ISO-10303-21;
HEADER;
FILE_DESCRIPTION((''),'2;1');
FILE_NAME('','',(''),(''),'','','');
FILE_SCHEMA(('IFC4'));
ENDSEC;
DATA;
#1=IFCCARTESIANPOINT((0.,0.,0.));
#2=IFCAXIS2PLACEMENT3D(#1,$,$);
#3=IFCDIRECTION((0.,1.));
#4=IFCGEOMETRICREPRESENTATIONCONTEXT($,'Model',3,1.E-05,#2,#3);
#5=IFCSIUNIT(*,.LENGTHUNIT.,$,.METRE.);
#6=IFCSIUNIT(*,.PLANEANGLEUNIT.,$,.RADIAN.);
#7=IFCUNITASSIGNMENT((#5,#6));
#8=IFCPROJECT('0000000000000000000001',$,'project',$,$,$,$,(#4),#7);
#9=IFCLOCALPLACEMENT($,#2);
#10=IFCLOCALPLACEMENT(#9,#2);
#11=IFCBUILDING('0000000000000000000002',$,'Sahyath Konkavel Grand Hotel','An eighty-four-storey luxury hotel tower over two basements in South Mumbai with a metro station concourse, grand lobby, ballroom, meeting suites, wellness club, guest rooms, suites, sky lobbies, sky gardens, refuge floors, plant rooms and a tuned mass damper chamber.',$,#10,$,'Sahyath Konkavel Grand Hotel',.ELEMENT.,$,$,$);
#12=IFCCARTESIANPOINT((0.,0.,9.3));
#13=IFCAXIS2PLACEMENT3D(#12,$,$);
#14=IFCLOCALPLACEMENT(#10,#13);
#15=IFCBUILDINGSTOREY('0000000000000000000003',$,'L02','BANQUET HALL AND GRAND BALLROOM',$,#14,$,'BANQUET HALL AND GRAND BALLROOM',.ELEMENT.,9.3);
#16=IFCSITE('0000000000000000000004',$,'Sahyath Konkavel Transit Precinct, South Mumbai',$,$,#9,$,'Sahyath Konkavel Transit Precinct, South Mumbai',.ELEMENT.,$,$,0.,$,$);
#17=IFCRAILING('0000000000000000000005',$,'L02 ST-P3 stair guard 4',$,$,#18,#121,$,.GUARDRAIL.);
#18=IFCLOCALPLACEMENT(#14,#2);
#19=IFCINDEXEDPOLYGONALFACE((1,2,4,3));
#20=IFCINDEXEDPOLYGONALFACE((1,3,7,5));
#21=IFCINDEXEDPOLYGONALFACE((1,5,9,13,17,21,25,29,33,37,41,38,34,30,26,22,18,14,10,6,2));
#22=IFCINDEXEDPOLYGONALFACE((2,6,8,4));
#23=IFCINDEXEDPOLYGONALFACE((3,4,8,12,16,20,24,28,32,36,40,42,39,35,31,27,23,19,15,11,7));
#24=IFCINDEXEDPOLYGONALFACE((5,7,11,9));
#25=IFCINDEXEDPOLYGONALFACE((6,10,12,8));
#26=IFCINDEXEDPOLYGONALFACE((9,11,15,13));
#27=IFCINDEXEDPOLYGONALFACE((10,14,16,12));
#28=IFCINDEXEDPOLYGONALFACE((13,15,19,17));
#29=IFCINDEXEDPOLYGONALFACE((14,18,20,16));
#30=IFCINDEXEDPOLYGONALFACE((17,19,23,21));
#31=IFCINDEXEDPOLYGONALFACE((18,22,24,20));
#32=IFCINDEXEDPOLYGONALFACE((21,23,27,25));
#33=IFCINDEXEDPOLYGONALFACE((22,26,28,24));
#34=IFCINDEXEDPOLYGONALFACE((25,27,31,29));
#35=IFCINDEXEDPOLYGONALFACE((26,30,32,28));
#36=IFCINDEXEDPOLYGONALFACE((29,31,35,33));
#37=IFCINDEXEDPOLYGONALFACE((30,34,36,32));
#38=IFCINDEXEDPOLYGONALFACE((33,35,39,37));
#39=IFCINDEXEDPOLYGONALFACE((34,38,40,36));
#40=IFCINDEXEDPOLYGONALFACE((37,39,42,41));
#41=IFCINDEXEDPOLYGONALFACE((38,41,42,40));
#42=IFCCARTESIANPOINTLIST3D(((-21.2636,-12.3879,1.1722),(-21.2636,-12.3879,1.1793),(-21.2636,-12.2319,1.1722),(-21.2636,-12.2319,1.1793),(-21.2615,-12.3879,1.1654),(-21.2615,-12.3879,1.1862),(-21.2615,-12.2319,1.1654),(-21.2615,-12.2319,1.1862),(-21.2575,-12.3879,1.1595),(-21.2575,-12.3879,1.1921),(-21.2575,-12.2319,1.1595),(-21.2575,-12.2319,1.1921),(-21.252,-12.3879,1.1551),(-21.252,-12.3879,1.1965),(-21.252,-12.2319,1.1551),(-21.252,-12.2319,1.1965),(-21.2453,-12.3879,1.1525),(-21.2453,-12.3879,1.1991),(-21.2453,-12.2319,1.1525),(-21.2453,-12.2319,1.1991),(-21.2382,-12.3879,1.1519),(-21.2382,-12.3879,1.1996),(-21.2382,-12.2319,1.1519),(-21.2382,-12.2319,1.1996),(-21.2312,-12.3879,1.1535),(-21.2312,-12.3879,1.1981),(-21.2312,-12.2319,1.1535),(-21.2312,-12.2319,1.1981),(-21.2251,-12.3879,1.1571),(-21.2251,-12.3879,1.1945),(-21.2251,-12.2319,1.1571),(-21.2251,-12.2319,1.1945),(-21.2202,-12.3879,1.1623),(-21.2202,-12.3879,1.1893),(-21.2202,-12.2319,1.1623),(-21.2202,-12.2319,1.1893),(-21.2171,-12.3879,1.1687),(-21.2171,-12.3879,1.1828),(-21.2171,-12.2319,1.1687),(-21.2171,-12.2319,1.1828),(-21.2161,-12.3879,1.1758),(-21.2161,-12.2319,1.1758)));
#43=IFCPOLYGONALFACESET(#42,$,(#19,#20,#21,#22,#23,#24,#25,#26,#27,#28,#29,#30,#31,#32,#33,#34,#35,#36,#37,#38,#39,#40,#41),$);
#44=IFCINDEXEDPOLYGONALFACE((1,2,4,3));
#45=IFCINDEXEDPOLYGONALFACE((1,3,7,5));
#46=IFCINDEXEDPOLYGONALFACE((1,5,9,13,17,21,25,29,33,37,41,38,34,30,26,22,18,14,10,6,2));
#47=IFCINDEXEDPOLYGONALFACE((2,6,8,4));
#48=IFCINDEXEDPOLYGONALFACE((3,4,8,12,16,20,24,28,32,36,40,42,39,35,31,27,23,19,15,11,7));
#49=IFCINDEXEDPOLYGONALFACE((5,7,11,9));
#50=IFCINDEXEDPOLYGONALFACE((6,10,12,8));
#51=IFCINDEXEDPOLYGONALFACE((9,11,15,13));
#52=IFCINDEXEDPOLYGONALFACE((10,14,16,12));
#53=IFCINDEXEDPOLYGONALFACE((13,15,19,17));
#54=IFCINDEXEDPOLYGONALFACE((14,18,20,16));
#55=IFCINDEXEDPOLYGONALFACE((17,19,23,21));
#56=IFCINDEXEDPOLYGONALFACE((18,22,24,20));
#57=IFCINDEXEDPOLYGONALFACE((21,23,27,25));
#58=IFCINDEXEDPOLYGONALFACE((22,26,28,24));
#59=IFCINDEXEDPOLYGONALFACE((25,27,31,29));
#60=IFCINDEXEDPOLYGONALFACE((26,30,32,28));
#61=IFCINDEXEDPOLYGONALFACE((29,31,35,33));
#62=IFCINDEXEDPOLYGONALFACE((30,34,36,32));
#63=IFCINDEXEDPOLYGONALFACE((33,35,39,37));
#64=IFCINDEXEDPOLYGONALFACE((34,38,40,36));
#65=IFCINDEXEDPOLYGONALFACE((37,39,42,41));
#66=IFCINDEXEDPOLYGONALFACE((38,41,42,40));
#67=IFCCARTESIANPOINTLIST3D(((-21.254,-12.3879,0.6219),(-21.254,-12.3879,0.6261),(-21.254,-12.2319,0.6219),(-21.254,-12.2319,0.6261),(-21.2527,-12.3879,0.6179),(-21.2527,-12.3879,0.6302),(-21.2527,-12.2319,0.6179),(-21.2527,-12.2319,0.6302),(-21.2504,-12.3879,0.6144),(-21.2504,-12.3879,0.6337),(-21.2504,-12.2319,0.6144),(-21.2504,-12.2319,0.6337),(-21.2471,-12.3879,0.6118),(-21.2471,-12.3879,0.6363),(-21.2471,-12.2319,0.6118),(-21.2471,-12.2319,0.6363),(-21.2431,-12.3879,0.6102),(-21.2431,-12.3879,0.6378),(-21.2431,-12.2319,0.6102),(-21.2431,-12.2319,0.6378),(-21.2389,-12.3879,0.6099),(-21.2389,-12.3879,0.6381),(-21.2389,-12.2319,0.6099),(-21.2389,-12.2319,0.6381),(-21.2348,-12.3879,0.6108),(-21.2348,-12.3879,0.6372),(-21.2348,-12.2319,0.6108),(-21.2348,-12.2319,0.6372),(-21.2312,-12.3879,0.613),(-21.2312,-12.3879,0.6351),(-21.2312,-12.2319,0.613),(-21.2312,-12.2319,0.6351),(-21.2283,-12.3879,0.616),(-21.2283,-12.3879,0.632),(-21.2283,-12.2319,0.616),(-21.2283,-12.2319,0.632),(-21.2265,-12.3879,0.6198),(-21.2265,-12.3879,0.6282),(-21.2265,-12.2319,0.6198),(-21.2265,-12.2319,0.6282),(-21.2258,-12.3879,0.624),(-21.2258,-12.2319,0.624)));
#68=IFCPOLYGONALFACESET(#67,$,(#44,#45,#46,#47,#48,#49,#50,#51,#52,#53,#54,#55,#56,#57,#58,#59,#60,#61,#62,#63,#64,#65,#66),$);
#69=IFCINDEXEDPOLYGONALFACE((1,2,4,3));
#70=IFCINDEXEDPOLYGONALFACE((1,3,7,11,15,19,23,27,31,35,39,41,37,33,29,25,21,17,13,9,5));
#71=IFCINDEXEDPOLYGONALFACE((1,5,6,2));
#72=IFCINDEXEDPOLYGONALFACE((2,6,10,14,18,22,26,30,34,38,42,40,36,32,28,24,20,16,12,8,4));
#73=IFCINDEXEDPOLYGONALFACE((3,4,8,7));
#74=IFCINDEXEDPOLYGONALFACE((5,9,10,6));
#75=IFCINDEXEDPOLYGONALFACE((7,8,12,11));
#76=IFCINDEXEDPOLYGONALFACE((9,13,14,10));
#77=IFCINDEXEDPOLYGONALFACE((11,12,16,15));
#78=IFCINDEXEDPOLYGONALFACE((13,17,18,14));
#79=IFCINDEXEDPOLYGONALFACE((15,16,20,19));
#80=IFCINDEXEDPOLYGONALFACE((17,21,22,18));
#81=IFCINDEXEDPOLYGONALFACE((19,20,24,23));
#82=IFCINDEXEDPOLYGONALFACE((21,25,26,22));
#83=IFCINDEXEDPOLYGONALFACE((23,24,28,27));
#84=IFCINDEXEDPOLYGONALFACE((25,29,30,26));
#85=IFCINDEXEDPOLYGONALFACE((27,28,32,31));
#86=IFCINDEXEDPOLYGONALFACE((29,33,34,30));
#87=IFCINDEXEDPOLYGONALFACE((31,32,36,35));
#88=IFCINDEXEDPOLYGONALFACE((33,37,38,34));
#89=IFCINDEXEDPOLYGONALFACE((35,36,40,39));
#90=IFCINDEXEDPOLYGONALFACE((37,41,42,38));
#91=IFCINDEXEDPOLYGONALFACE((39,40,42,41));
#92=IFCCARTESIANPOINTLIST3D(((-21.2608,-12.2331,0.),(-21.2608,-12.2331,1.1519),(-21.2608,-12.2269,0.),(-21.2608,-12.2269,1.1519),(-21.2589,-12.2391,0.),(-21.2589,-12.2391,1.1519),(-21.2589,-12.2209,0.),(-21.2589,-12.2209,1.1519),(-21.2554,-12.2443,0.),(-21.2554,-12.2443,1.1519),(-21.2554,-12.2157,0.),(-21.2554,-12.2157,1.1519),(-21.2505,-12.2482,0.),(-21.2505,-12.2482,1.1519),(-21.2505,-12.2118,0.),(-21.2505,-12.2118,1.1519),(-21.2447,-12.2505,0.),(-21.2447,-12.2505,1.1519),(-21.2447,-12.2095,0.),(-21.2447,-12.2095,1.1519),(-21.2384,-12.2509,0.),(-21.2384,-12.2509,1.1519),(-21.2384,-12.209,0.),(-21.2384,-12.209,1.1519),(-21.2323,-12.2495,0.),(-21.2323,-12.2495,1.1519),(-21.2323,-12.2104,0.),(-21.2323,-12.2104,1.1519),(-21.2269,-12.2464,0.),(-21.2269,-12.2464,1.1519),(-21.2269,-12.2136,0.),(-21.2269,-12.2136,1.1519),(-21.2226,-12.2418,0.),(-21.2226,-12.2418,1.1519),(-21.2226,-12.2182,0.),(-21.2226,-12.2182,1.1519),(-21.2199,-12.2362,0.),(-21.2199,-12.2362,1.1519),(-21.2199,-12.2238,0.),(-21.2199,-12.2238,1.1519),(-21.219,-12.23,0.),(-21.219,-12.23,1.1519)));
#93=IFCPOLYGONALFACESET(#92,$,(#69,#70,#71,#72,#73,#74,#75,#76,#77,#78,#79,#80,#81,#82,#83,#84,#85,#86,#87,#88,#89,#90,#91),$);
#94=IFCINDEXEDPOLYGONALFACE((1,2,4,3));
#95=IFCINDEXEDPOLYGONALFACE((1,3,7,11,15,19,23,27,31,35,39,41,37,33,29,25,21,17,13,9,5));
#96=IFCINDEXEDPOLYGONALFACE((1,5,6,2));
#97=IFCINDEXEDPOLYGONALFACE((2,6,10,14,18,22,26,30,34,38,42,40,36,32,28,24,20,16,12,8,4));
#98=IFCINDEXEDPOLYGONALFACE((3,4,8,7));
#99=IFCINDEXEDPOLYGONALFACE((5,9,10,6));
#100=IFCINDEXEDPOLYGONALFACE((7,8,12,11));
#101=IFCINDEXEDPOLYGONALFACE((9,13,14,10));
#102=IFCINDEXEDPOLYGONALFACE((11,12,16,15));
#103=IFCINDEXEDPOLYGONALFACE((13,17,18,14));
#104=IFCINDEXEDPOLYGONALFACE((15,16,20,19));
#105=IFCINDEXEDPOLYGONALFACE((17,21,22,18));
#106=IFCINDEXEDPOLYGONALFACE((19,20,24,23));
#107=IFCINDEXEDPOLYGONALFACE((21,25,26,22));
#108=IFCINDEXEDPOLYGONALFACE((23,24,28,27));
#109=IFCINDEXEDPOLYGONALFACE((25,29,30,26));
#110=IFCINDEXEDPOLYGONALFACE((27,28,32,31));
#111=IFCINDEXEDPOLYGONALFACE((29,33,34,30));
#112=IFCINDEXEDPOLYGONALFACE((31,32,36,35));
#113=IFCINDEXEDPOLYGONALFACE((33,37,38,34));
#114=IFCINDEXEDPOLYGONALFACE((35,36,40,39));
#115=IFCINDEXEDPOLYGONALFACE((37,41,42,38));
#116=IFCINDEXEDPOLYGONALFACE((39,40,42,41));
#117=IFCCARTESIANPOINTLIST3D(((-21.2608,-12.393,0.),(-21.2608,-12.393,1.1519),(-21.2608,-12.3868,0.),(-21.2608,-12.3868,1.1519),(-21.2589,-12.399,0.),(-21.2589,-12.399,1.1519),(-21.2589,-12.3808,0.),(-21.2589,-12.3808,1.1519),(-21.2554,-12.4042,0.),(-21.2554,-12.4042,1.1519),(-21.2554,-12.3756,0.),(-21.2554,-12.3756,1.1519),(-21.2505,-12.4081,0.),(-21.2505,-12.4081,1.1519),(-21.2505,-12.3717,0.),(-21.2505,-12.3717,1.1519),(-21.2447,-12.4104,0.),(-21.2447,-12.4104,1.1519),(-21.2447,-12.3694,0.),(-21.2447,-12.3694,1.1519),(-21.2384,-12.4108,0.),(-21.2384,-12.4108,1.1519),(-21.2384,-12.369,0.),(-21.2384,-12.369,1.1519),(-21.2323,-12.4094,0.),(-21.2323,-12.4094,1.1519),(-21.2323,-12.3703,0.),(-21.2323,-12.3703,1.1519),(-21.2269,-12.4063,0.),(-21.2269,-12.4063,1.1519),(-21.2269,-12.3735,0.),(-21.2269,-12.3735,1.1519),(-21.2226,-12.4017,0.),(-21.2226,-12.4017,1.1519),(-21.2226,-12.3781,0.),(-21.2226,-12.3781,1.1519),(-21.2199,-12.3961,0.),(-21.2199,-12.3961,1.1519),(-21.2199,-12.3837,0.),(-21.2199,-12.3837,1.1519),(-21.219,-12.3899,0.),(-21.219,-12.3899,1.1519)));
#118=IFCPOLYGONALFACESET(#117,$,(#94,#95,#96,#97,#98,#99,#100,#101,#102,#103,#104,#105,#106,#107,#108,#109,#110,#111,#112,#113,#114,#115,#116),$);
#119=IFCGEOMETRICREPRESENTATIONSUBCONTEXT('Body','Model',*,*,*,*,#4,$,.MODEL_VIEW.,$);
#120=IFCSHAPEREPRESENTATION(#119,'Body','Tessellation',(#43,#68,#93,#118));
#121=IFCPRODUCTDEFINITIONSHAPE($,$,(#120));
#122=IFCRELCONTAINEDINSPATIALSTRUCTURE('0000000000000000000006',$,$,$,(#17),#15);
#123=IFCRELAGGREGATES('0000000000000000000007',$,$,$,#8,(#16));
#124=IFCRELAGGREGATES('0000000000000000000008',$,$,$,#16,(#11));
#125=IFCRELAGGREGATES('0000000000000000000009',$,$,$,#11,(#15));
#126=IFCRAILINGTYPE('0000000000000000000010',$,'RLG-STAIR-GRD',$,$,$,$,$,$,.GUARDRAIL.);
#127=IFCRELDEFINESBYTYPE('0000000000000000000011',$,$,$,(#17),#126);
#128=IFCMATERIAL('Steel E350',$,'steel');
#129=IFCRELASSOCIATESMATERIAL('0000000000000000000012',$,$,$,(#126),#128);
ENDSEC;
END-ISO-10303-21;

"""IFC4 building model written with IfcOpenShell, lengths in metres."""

from ifc_helpers import new_model, si_unit, direction, frame, origin, origin_2d, place, context, subcontext, project, spatial, circle, extrude, material, type_object, element, save


model = new_model("IFC4")

# Units and contexts
model_context = context("Model", 3, precision=1e-05, world=origin(), true_north=direction((0.0, 1.0)))
body_context = subcontext(model_context, "Body", "Model", "MODEL_VIEW")
ifc_project = project(units=[si_unit("LENGTHUNIT", "METRE"), si_unit("PLANEANGLEUNIT", "RADIAN")], contexts=[model_context])

# Site, building, storey
site_placement = place(None, origin())
site = spatial("IfcSite", under=ifc_project, at=site_placement, Name="Sahyath Konkavel Transit Precinct, South Mumbai", LongName="Sahyath Konkavel Transit Precinct, South Mumbai", CompositionType="ELEMENT", RefElevation=0.0)
building_placement = place(site_placement, origin())
building = spatial("IfcBuilding", under=site, at=building_placement, Name="Sahyath Konkavel Grand Hotel", Description="An eighty-four-storey luxury hotel tower over two basements in South Mumbai with a metro station concourse, grand lobby, ballroom, meeting suites, wellness club, guest rooms, suites, sky lobbies, sky gardens, refuge floors, plant rooms and a tuned mass damper chamber.", LongName="Sahyath Konkavel Grand Hotel", CompositionType="ELEMENT")
storey_placement = place(building_placement, frame((0.0, 0.0, 9.3)))
storey = spatial("IfcBuildingStorey", under=building, at=storey_placement, Name="L02", Description="BANQUET HALL AND GRAND BALLROOM", LongName="BANQUET HALL AND GRAND BALLROOM", CompositionType="ELEMENT", Elevation=9.3)

# Shared definitions
ifc_material_1 = material(Name="Steel E350", Category="steel")

# Railing
railing_type_1 = type_object("IfcRailingType", Name="RLG-STAIR-GRD", PredefinedType="GUARDRAIL", material=ifc_material_1)
railing_1_placement = place(storey_placement, frame((-21.24, -12.23, 0.0)))
element("IfcRailing", 1, at=railing_1_placement, inside=storey, type_object=railing_type_1, Name="L02 ST-P3 stair guard 4", PredefinedType="GUARDRAIL", context=body_context, shape_type="SweptSolid", body=[
    extrude(circle(Radius=0.0239, at=origin_2d()), frame((0.0, -0.002, 1.1758), z_axis=(0.0, -1.0, 0.0), x_axis=(1.0, 0.0, 0.0)), (0.0, 0.0, 1.0), 0.156),
    extrude(circle(Radius=0.0142, at=origin_2d()), frame((0.0, -0.002, 0.624), z_axis=(0.0, -1.0, 0.0), x_axis=(1.0, 0.0, 0.0)), (0.0, 0.0, 1.0), 0.156),
    extrude(circle(Radius=0.021, at=origin_2d()), origin(), (0.0, 0.0, 1.0), 1.1519),
    extrude(circle(Radius=0.021, at=origin_2d()), frame((0.0, -0.1599, 0.0)), (0.0, 0.0, 1.0), 1.1519),
])

save(model, "model.ifc")
